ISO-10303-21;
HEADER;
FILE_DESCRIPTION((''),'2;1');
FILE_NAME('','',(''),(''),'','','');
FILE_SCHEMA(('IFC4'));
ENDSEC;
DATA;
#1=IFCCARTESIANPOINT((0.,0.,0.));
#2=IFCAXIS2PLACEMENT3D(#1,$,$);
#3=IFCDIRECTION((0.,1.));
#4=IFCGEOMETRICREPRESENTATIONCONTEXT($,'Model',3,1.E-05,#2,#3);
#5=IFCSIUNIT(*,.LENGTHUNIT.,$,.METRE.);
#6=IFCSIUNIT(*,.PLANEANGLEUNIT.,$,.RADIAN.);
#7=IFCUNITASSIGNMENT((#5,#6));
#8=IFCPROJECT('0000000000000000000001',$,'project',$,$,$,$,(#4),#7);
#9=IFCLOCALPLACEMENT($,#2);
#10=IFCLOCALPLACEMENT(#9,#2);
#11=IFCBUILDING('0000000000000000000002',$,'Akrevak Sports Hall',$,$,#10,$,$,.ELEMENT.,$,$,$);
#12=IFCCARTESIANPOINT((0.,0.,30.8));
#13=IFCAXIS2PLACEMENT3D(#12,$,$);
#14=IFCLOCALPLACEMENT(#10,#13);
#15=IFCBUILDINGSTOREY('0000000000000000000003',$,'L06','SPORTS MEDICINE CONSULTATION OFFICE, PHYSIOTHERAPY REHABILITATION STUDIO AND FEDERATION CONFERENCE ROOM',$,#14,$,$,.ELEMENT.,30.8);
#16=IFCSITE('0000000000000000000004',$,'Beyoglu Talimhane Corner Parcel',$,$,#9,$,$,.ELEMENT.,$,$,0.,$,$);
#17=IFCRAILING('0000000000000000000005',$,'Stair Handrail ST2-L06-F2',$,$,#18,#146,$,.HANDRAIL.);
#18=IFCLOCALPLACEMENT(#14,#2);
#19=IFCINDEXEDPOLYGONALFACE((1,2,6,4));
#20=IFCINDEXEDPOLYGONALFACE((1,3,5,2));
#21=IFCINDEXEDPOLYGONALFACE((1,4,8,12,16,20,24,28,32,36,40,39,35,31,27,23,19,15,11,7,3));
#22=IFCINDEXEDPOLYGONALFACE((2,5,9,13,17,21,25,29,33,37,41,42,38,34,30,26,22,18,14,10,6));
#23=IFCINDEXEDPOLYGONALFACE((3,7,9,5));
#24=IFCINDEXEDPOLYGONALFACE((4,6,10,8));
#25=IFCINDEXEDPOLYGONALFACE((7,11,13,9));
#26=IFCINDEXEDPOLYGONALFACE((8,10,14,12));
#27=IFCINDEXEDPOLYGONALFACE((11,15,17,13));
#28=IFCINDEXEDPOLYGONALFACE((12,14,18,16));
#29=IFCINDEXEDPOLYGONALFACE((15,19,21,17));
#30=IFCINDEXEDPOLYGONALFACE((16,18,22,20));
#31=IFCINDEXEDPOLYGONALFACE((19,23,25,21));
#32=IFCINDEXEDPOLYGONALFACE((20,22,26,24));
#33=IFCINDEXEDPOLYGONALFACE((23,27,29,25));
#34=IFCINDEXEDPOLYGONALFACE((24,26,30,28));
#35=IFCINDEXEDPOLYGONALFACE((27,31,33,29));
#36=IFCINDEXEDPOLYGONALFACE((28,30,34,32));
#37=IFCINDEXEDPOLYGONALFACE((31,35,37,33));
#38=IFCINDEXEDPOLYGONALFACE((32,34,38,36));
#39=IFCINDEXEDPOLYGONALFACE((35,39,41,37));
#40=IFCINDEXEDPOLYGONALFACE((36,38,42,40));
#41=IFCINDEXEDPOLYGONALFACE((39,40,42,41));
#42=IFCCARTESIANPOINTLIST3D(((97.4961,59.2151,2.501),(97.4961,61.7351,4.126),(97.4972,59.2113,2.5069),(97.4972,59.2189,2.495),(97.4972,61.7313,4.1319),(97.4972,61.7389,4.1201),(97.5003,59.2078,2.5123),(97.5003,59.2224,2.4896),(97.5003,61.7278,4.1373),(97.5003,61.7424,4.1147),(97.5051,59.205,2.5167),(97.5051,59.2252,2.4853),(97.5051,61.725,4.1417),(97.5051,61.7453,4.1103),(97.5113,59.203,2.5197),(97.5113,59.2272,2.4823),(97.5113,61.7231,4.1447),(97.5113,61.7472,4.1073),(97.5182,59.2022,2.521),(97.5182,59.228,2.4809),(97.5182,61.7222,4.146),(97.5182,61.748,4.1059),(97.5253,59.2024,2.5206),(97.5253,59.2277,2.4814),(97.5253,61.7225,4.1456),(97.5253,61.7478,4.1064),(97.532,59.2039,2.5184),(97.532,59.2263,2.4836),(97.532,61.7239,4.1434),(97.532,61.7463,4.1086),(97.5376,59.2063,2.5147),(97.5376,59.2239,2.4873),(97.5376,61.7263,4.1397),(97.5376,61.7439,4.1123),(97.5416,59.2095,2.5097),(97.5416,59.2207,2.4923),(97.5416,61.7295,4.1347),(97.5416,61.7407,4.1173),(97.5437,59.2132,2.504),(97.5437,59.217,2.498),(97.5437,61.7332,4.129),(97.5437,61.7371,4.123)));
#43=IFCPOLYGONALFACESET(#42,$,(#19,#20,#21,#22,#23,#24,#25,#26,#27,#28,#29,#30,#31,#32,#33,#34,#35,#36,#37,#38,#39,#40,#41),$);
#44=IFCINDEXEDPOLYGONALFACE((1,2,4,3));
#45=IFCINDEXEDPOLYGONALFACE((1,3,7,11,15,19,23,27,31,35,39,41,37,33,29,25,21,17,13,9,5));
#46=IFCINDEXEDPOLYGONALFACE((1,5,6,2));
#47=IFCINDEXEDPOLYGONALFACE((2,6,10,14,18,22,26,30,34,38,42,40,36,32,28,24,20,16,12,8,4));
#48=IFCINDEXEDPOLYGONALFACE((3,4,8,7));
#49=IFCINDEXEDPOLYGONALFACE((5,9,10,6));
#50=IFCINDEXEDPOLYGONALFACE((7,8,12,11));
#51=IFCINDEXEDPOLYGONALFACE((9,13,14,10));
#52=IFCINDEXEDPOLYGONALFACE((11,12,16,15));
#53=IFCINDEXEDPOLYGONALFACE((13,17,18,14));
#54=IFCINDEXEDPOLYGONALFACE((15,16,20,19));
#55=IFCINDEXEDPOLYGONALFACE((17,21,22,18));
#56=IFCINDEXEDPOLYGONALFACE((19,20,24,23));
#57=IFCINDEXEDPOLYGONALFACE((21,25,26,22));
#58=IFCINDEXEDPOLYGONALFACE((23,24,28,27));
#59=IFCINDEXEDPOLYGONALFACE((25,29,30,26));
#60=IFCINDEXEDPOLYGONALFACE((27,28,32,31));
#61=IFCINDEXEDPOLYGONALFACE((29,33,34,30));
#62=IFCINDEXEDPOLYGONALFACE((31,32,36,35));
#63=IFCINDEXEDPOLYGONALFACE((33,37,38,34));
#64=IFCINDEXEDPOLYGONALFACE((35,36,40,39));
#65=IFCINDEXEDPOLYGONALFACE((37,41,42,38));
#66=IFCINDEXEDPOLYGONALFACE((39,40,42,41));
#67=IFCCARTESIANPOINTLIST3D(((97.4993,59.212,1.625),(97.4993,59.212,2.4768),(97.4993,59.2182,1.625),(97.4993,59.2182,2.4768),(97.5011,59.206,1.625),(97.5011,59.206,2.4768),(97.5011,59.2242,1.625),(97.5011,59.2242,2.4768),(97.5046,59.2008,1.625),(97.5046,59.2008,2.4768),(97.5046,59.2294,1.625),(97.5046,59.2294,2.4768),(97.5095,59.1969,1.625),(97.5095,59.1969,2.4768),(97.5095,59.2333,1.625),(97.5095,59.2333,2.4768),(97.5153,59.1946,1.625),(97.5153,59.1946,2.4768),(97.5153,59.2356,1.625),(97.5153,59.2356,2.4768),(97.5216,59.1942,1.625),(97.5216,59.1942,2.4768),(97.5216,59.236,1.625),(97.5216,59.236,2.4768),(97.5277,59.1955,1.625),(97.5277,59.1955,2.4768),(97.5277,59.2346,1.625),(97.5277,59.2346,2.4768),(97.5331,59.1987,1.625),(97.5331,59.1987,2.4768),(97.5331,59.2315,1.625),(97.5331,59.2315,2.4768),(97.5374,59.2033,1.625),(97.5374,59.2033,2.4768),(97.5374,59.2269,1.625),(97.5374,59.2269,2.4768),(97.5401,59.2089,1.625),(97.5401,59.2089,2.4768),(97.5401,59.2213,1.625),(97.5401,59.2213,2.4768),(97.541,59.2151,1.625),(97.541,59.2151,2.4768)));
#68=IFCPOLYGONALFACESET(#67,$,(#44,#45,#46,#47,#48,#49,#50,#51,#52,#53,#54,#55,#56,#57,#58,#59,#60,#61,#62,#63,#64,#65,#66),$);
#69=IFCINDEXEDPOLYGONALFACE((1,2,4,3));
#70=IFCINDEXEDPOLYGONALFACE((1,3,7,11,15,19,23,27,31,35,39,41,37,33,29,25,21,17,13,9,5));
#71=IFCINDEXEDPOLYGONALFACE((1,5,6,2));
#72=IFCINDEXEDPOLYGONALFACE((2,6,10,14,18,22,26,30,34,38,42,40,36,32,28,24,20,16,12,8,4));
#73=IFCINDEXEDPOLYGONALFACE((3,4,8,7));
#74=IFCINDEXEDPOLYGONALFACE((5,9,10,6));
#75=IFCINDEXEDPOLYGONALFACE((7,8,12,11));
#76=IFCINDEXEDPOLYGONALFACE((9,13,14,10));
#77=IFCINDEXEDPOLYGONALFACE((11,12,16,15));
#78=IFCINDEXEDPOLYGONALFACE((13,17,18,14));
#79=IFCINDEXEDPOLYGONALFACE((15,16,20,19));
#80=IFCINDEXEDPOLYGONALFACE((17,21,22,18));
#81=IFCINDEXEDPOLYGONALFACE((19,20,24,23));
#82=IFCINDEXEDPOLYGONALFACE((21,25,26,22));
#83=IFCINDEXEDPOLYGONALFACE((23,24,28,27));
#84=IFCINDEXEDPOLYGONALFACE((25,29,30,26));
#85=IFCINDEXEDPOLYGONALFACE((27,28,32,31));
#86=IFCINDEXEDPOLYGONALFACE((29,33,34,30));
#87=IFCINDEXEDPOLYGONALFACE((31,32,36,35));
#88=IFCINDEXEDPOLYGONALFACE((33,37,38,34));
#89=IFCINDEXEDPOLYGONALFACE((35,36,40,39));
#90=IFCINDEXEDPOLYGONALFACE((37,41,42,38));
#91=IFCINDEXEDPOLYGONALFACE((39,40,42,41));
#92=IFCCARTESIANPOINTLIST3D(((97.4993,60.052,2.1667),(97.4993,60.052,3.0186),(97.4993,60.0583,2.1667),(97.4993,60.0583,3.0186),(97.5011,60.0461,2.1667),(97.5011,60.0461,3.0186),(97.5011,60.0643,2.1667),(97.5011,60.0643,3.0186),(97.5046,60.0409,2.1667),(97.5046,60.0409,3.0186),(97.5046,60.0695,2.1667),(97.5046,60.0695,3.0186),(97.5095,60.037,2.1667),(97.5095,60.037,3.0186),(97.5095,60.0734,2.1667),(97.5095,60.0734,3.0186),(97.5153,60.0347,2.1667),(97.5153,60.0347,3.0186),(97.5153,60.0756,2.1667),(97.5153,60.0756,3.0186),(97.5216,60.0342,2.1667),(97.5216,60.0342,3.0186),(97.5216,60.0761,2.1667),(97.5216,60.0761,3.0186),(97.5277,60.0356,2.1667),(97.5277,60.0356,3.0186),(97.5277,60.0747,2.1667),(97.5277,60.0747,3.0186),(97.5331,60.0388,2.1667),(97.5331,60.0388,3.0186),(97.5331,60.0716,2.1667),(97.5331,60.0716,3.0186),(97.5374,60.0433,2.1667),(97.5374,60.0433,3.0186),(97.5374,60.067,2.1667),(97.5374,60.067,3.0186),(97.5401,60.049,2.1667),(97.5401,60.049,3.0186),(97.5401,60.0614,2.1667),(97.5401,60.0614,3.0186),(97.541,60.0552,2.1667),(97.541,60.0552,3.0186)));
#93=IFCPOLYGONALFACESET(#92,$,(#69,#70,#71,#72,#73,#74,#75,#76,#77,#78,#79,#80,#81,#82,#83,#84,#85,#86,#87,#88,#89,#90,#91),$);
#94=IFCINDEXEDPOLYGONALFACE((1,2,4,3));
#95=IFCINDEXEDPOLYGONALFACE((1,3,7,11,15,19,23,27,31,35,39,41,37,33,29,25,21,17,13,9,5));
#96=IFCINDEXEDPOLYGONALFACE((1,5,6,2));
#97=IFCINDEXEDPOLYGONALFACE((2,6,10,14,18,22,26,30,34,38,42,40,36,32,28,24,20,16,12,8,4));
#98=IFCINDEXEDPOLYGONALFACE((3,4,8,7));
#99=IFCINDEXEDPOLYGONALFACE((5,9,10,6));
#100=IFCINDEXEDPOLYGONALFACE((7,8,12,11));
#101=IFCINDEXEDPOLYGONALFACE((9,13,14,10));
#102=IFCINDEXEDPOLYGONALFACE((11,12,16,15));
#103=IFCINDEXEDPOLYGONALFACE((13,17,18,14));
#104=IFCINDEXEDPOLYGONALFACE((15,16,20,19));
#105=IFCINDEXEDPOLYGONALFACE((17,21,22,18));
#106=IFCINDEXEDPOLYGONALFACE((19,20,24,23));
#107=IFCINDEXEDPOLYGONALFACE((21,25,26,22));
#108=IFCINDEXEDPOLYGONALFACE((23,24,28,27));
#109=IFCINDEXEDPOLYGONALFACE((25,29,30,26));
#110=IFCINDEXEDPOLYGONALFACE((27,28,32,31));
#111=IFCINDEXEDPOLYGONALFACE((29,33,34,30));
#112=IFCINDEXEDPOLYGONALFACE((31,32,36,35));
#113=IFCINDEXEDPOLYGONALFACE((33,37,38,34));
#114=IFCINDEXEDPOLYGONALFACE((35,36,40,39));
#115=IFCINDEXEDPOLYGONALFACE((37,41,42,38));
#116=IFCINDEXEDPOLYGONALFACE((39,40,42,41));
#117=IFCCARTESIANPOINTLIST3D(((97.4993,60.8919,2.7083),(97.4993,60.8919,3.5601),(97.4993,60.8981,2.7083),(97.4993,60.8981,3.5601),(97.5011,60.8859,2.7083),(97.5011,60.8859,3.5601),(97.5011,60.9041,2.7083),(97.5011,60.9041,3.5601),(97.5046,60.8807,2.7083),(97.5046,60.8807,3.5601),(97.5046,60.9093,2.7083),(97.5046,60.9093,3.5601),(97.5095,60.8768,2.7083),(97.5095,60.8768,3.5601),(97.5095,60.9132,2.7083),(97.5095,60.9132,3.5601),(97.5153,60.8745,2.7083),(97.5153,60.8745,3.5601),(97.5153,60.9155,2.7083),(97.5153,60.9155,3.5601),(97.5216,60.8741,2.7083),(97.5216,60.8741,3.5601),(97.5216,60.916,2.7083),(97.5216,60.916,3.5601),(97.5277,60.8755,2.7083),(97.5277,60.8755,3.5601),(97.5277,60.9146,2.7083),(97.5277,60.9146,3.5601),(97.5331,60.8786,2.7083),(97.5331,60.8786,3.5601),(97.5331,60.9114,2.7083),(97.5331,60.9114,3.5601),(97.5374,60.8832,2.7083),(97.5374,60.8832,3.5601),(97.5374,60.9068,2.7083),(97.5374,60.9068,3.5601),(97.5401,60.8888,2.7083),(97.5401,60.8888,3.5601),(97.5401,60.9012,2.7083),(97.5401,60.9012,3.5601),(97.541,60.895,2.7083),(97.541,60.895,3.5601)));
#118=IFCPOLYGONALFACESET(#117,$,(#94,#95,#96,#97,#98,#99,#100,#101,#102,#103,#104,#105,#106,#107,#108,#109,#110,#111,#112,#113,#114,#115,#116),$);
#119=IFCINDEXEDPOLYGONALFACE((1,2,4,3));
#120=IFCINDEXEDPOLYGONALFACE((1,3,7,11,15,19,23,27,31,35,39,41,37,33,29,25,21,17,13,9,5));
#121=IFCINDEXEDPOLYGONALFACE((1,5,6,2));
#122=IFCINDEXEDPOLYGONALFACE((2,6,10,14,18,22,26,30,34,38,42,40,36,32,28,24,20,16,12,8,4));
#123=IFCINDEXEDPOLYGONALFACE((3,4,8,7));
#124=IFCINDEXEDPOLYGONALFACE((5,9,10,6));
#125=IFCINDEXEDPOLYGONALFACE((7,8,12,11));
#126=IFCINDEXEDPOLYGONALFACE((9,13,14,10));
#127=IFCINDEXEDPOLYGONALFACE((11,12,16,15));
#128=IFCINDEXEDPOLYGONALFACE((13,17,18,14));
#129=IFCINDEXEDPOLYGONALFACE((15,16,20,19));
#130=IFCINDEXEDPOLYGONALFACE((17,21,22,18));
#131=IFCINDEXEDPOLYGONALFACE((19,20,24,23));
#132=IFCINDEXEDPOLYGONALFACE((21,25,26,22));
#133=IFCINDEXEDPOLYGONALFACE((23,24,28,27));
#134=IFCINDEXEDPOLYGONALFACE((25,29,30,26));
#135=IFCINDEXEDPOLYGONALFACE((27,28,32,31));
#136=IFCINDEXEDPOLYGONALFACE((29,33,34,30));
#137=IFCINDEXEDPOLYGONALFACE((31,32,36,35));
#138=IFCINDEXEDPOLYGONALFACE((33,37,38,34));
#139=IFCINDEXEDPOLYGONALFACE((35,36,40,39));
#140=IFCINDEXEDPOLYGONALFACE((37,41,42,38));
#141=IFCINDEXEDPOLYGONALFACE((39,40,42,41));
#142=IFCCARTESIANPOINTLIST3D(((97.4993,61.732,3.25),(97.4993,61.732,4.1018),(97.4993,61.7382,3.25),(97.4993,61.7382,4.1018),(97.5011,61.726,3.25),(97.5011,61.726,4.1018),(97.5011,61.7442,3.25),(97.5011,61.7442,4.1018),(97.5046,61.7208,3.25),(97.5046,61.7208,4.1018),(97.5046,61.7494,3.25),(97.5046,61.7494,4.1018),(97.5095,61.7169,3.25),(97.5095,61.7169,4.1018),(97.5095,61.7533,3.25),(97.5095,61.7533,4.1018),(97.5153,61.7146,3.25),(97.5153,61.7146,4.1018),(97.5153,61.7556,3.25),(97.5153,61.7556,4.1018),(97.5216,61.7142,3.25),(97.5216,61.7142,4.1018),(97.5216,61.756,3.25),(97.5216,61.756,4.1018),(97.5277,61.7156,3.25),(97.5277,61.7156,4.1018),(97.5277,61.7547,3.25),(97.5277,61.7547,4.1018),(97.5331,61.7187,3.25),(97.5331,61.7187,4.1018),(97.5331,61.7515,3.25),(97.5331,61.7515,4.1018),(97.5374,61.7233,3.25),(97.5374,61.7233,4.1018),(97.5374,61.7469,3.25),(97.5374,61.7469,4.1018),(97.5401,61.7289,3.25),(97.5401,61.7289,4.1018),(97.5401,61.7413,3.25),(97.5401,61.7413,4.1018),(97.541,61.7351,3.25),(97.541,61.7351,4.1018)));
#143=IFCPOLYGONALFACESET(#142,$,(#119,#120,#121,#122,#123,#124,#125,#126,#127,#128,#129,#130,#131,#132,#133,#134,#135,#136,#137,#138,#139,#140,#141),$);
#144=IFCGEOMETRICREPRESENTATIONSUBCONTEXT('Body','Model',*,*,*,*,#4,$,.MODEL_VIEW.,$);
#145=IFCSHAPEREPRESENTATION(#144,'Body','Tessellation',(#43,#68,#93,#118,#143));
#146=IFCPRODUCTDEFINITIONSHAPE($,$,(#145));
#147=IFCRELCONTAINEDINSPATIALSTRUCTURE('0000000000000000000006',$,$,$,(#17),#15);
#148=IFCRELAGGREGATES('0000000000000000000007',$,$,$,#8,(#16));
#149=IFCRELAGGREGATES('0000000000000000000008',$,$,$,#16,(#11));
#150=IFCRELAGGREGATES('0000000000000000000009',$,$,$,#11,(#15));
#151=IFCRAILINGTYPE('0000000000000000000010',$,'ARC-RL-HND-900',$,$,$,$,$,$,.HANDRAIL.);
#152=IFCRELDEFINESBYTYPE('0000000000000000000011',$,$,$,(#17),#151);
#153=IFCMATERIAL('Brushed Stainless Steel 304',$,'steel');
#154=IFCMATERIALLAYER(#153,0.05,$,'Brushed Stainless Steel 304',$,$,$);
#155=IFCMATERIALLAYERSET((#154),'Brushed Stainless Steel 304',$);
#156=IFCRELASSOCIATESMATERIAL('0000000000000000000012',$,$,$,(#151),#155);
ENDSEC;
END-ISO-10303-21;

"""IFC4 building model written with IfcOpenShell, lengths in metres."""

from ifc_helpers import new_model, si_unit, direction, frame, origin, origin_2d, place, context, subcontext, project, spatial, circle, extrude, material, layer, layer_set, type_object, element, save


model = new_model("IFC4")

# Units and contexts
model_context = context("Model", 3, precision=1e-05, world=origin(), true_north=direction((0.0, 1.0)))
body_context = subcontext(model_context, "Body", "Model", "MODEL_VIEW")
ifc_project = project(units=[si_unit("LENGTHUNIT", "METRE"), si_unit("PLANEANGLEUNIT", "RADIAN")], contexts=[model_context])

# Site, building, storey
site_placement = place(None, origin())
site = spatial("IfcSite", under=ifc_project, at=site_placement, Name="Beyoglu Talimhane Corner Parcel", CompositionType="ELEMENT", RefElevation=0.0)
building_placement = place(site_placement, origin())
building = spatial("IfcBuilding", under=site, at=building_placement, Name="Akrevak Sports Hall", CompositionType="ELEMENT")
storey_placement = place(building_placement, frame((0.0, 0.0, 30.8)))
storey = spatial("IfcBuildingStorey", under=building, at=storey_placement, Name="L06", Description="SPORTS MEDICINE CONSULTATION OFFICE, PHYSIOTHERAPY REHABILITATION STUDIO AND FEDERATION CONFERENCE ROOM", CompositionType="ELEMENT", Elevation=30.8)

# Railing
ifc_material_1 = material(Name="Brushed Stainless Steel 304", Category="steel")
ifc_layer_1 = layer(ifc_material_1, 0.05, Name="Brushed Stainless Steel 304")
ifc_layer_set_1 = layer_set([ifc_layer_1], Name="Brushed Stainless Steel 304")
railing_type_1 = type_object("IfcRailingType", Name="ARC-RL-HND-900", PredefinedType="HANDRAIL", material=ifc_layer_set_1)
for number, where, name in (
    (1, (97.52, 59.2151, 1.625), "Stair Handrail ST2-L06-F2"),
):
    element("IfcRailing", number, at=place(storey_placement, frame(where)), inside=storey, type_object=railing_type_1, Name=name, PredefinedType="HANDRAIL", context=body_context, shape_type="SweptSolid", body=[
        extrude(circle(Radius=0.0239, at=origin_2d()), frame((0.0, 0.0, 0.876), z_axis=(0.0, 0.840421, 0.541934), x_axis=(-1.0, 0.0, 0.0)), (0.0, 0.0, 1.0), 2.9985),
        extrude(circle(Radius=0.021, at=origin_2d()), origin(), (0.0, 0.0, 1.0), 0.8518),
        extrude(circle(Radius=0.021, at=origin_2d()), frame((0.0, 0.8401, 0.5417)), (0.0, 0.0, 1.0), 0.8518),
        extrude(circle(Radius=0.021, at=origin_2d()), frame((0.0, 1.6799, 1.0833)), (0.0, 0.0, 1.0), 0.8518),
        extrude(circle(Radius=0.021, at=origin_2d()), frame((0.0, 2.52, 1.625)), (0.0, 0.0, 1.0), 0.8518),
    ])

save(model, "model.ifc")
